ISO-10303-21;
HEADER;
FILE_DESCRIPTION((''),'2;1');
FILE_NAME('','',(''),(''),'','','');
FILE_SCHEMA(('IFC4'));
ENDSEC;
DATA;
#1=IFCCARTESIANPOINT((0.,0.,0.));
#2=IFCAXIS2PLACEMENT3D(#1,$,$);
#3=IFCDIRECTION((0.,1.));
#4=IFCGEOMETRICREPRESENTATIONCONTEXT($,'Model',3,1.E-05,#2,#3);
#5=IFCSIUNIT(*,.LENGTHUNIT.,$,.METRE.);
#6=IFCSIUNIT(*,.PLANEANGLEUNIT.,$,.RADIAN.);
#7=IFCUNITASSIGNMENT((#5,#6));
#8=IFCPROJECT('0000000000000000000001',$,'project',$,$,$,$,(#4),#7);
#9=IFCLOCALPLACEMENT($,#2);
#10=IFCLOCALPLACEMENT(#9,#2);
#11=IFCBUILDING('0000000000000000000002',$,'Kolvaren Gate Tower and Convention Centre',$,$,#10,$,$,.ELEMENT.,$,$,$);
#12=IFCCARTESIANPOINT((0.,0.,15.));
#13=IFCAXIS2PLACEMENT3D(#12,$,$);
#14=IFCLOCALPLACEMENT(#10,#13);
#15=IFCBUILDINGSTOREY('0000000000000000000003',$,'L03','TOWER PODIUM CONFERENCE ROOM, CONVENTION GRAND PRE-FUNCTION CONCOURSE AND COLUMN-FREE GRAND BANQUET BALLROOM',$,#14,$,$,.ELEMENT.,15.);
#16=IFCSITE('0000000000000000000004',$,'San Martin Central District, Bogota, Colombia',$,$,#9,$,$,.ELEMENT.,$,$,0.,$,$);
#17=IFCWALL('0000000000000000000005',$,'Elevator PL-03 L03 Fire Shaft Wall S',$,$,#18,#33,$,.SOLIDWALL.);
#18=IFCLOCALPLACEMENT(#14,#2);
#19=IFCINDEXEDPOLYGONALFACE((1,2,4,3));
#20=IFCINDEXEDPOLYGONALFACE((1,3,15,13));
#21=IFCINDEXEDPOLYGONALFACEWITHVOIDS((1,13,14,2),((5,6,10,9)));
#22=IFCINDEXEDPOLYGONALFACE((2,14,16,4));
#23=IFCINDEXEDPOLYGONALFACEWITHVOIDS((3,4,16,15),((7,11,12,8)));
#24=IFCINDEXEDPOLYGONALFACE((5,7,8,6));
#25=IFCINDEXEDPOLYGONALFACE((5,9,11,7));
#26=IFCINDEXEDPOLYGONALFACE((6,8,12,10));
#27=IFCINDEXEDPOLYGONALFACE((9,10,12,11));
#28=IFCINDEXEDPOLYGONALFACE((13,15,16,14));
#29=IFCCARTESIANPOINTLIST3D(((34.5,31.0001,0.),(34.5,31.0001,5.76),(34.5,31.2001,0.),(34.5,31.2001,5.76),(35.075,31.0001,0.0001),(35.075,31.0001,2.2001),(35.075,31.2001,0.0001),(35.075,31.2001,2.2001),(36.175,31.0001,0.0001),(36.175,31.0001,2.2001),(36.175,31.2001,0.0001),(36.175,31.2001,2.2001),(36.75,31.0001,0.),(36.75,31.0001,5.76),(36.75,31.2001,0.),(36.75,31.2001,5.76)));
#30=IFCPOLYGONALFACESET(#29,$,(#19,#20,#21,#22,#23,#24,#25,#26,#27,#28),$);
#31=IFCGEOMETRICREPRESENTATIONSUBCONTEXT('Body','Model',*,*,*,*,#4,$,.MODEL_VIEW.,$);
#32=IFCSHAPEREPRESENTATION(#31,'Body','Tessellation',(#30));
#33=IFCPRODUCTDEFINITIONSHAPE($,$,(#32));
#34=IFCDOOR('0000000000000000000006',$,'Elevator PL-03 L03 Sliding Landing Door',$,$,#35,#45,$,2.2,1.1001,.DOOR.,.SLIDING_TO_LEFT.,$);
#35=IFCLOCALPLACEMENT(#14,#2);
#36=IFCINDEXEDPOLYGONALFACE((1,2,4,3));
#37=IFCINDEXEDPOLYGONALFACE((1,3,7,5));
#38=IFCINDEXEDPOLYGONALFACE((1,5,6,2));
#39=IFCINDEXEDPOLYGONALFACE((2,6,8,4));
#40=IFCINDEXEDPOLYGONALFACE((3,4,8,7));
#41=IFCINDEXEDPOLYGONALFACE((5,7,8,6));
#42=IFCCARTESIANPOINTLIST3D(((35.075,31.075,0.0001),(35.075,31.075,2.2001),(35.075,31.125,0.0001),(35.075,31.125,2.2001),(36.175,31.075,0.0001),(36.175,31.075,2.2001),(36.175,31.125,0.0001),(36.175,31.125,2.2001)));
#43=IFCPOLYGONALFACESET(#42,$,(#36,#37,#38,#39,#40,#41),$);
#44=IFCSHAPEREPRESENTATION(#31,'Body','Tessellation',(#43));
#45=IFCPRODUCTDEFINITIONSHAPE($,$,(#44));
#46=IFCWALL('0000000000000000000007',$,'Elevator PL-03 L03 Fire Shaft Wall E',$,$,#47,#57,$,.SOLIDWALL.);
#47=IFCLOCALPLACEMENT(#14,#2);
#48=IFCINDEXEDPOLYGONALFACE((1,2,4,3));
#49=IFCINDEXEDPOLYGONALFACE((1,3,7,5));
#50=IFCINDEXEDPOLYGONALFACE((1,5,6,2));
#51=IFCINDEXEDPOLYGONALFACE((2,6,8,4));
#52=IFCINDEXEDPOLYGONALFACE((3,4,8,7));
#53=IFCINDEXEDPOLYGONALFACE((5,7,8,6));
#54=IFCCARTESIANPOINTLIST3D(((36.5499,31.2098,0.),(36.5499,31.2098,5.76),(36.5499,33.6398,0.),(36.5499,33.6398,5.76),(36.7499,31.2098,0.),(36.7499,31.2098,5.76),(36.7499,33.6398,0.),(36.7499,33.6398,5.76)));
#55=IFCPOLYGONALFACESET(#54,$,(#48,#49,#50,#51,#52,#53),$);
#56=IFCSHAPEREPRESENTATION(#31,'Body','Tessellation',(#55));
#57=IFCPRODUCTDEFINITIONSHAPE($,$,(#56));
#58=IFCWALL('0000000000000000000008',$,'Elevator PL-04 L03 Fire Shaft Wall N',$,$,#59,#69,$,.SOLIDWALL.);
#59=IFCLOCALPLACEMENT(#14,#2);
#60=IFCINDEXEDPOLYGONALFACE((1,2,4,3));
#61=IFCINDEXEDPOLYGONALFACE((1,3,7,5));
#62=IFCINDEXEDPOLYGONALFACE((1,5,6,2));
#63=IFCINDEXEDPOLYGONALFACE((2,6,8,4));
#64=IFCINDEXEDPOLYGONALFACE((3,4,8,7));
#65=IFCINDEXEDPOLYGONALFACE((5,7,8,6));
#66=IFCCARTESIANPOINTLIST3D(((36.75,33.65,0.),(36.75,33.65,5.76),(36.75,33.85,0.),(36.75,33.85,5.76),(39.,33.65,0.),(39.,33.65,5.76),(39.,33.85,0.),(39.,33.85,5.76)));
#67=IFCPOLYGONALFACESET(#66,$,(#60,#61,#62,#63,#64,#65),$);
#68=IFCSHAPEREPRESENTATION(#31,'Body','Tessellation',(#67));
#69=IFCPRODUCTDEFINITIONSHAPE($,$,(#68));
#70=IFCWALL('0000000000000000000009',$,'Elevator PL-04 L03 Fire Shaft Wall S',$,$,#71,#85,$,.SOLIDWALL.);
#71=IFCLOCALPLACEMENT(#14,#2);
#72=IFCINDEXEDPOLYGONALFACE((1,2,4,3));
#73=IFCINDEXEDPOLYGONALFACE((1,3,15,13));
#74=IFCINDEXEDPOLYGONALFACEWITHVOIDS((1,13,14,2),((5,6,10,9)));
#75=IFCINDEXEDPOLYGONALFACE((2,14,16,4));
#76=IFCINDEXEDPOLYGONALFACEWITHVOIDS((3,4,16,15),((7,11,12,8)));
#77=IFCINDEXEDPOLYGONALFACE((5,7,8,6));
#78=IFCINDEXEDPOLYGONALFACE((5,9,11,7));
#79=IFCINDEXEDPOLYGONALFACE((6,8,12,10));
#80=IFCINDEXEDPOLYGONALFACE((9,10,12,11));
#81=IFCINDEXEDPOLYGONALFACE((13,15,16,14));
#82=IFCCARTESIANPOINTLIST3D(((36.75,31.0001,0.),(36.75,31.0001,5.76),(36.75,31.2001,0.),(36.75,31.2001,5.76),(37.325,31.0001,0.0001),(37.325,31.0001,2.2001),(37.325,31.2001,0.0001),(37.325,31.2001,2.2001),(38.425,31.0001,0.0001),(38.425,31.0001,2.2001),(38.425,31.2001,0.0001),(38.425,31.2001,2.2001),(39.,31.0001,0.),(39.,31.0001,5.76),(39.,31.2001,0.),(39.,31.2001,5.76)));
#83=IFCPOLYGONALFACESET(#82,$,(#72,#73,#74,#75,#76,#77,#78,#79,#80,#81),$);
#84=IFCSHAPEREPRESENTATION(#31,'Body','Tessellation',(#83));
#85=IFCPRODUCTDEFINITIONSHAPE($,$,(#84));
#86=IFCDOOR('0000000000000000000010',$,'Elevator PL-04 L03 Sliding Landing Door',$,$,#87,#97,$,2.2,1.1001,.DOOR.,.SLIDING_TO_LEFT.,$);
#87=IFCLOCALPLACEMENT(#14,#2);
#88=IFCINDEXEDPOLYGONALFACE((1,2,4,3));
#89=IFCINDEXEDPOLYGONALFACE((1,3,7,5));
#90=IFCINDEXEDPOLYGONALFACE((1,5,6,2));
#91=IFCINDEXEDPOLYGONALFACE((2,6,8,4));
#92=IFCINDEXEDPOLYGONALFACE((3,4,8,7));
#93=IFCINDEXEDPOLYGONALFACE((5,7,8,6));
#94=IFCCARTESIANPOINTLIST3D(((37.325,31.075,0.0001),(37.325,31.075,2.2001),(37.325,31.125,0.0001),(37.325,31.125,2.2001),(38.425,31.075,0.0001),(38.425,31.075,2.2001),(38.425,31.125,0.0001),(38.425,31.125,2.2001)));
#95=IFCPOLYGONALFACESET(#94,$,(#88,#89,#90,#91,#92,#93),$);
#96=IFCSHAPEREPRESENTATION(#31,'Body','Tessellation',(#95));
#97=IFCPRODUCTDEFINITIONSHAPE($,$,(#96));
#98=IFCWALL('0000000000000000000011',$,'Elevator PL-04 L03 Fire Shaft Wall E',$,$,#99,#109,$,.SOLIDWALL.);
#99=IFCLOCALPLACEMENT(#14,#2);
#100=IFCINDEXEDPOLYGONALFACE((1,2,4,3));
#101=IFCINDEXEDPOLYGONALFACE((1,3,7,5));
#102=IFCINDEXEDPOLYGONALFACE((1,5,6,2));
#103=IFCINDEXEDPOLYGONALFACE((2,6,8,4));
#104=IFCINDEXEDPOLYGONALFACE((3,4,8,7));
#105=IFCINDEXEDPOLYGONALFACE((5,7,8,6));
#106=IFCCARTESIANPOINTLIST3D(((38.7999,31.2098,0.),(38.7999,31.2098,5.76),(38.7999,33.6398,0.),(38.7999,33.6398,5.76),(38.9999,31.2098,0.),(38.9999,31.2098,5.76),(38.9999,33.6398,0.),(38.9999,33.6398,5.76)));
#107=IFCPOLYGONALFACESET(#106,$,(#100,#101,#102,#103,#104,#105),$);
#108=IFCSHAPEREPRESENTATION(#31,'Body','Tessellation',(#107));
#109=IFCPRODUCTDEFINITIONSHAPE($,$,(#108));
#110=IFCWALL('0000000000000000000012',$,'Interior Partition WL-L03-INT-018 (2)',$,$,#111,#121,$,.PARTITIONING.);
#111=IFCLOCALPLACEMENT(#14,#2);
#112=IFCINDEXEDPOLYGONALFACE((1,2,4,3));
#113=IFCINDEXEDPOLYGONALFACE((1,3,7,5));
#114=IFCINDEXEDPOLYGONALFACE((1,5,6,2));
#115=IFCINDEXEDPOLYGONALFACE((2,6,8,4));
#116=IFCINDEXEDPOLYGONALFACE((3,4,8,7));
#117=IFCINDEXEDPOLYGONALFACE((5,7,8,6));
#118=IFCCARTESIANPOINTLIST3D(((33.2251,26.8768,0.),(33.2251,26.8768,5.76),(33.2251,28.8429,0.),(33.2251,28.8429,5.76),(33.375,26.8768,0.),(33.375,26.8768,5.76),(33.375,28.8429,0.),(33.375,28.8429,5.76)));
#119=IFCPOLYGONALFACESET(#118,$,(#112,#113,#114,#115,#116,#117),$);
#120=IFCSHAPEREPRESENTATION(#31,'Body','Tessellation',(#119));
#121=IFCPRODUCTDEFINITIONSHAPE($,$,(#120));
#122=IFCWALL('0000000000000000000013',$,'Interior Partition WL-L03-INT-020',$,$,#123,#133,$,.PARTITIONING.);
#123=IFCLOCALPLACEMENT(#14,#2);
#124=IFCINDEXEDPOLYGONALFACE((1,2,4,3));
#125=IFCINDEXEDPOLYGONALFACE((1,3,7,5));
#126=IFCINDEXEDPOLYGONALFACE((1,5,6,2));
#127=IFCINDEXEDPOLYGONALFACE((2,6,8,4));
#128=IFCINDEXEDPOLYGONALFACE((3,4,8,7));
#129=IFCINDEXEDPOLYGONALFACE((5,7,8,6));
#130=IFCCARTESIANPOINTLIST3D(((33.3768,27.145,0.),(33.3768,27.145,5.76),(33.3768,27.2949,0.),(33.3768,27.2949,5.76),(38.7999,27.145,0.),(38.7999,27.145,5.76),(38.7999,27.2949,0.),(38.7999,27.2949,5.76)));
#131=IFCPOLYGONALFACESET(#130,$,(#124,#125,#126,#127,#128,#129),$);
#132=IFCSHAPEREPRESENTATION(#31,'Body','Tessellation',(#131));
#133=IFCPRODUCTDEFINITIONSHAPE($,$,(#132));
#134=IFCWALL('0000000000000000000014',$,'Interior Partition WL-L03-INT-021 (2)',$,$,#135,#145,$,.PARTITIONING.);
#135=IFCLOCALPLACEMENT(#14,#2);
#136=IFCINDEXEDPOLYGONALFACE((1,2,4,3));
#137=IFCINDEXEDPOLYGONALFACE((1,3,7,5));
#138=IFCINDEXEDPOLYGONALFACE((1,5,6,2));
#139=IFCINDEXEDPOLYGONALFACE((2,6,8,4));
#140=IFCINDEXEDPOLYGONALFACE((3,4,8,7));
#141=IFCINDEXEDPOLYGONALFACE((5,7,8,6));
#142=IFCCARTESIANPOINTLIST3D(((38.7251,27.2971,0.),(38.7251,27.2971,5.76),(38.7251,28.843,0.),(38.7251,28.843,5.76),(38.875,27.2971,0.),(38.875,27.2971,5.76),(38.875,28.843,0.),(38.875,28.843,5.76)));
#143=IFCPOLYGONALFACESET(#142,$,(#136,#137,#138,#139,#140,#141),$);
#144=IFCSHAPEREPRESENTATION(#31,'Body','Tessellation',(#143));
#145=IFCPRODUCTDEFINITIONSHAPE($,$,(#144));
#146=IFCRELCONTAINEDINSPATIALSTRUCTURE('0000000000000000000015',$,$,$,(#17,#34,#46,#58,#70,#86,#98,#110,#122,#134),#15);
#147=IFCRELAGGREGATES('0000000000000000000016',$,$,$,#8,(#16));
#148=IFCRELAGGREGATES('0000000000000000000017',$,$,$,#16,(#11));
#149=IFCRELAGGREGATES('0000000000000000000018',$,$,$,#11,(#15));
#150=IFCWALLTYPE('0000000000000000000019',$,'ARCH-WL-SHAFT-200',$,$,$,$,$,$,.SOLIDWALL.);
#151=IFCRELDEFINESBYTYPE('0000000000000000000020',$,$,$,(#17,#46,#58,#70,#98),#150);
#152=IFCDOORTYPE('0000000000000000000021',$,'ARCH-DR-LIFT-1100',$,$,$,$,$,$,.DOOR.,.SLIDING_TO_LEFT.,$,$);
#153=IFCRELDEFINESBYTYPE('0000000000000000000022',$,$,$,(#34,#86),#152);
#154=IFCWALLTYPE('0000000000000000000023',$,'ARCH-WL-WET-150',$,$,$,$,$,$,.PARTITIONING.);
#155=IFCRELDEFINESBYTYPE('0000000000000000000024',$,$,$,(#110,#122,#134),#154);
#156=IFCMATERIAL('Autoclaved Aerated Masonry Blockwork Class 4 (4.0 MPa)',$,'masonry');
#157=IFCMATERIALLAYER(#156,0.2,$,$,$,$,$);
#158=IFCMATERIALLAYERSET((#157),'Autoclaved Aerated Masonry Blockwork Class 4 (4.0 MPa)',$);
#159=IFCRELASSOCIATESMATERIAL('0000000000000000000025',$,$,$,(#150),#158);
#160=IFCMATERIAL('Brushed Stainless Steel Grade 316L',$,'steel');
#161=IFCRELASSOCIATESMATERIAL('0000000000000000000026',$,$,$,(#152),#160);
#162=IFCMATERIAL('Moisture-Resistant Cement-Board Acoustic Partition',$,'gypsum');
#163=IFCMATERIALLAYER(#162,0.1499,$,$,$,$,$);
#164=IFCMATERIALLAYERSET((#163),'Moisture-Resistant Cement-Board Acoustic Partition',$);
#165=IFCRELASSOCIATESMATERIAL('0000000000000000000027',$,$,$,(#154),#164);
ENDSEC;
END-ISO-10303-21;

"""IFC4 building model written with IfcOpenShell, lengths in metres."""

from ifc_helpers import new_model, si_unit, direction, frame, frame_2d, origin, place, context, subcontext, project, spatial, rectangle, extrude, material, layer, layer_set, type_object, element, fill, save


model = new_model("IFC4")

# Units and contexts
model_context = context("Model", 3, precision=1e-05, world=origin(), true_north=direction((0.0, 1.0)))
body_context = subcontext(model_context, "Body", "Model", "MODEL_VIEW")
ifc_project = project(units=[si_unit("LENGTHUNIT", "METRE"), si_unit("PLANEANGLEUNIT", "RADIAN")], contexts=[model_context])

# Site, building, storey
site_placement = place(None, origin())
site = spatial("IfcSite", under=ifc_project, at=site_placement, Name="San Martin Central District, Bogota, Colombia", CompositionType="ELEMENT", RefElevation=0.0)
building_placement = place(site_placement, origin())
building = spatial("IfcBuilding", under=site, at=building_placement, Name="Kolvaren Gate Tower and Convention Centre", CompositionType="ELEMENT")
storey_placement = place(building_placement, frame((0.0, 0.0, 15.0)))
storey = spatial("IfcBuildingStorey", under=building, at=storey_placement, Name="L03", Description="TOWER PODIUM CONFERENCE ROOM, CONVENTION GRAND PRE-FUNCTION CONCOURSE AND COLUMN-FREE GRAND BANQUET BALLROOM", CompositionType="ELEMENT", Elevation=15.0)

# Shared definitions
ifc_material_1 = material(Name="Autoclaved Aerated Masonry Blockwork Class 4 (4.0 MPa)", Category="masonry")
ifc_layer_1 = layer(ifc_material_1, 0.2)
ifc_layer_set_1 = layer_set([ifc_layer_1], Name="Autoclaved Aerated Masonry Blockwork Class 4 (4.0 MPa)")
wall_type_1 = type_object("IfcWallType", Name="ARCH-WL-SHAFT-200", PredefinedType="SOLIDWALL", material=ifc_layer_set_1)

# Wall, opening, door
wall_1_placement = place(storey_placement, frame((34.5, 31.1001, 0.0), z_axis=(0.0, 0.0, 1.0), x_axis=(1.0, 0.0, 0.0)))
wall_1 = element("IfcWall", 1, at=wall_1_placement, inside=storey, type_object=wall_type_1, Name="Elevator PL-03 L03 Fire Shaft Wall S", PredefinedType="SOLIDWALL", context=body_context, shape_type="SweptSolid", body=[
    extrude(rectangle(XDim=2.25, YDim=0.2, at=frame_2d((1.125, 0.0))), origin(), (0.0, 0.0, 1.0), 5.76),
])
opening_1_placement = place(wall_1_placement, frame((0.575, 0.0, 0.0)))
opening_1 = element("IfcOpeningElement", 2, at=opening_1_placement, cuts=wall_1, PredefinedType="OPENING", context=body_context, shape_type="SweptSolid", body=[
    extrude(rectangle(XDim=1.1001, YDim=2.2, at=frame_2d((0.55, 1.1001))), frame((0.0, 0.1099, 0.0), z_axis=(0.0, -1.0, 0.0), x_axis=(1.0, 0.0, 0.0)), (0.0, 0.0, 1.0), 0.22),
])
ifc_material_2 = material(Name="Brushed Stainless Steel Grade 316L", Category="steel")
door_type = type_object("IfcDoorType", Name="ARCH-DR-LIFT-1100", OperationType="SLIDING_TO_LEFT", PredefinedType="DOOR", material=ifc_material_2)
door_1_placement = place(opening_1_placement, origin())
door_1 = element("IfcDoor", 3, at=door_1_placement, inside=storey, type_object=door_type, Name="Elevator PL-03 L03 Sliding Landing Door", OperationType="SLIDING_TO_LEFT", OverallHeight=2.2, OverallWidth=1.1001, PredefinedType="DOOR", context=body_context, shape_type="SweptSolid", body=[
    extrude(rectangle(XDim=1.1001, YDim=2.2, at=frame_2d((0.55, 1.1001))), frame((0.0, 0.0249, 0.0), z_axis=(0.0, -1.0, 0.0), x_axis=(1.0, 0.0, 0.0)), (0.0, 0.0, 1.0), 0.05),
])
fill(opening_1, door_1)

# Walls
wall_2_placement = place(storey_placement, frame((36.6499, 31.21, 0.0), z_axis=(0.0, 0.0, 1.0), x_axis=(0.0, 1.0, 0.0)))
element("IfcWall", 4, at=wall_2_placement, inside=storey, type_object=wall_type_1, Name="Elevator PL-03 L03 Fire Shaft Wall E", PredefinedType="SOLIDWALL", context=body_context, shape_type="SweptSolid", body=[
    extrude(rectangle(XDim=2.4299, YDim=0.2, at=frame_2d((1.2148, 0.0))), origin(), (0.0, 0.0, 1.0), 5.76),
])
wall_3_placement = place(storey_placement, frame((36.75, 33.75, 0.0), z_axis=(0.0, 0.0, 1.0), x_axis=(1.0, 0.0, 0.0)))
element("IfcWall", 5, at=wall_3_placement, inside=storey, type_object=wall_type_1, Name="Elevator PL-04 L03 Fire Shaft Wall N", PredefinedType="SOLIDWALL", context=body_context, shape_type="SweptSolid", body=[
    extrude(rectangle(XDim=2.25, YDim=0.2, at=frame_2d((1.125, 0.0))), origin(), (0.0, 0.0, 1.0), 5.76),
])

# Wall, opening, door
wall_4_placement = place(storey_placement, frame((36.75, 31.1001, 0.0), z_axis=(0.0, 0.0, 1.0), x_axis=(1.0, 0.0, 0.0)))
wall_4 = element("IfcWall", 6, at=wall_4_placement, inside=storey, type_object=wall_type_1, Name="Elevator PL-04 L03 Fire Shaft Wall S", PredefinedType="SOLIDWALL", context=body_context, shape_type="SweptSolid", body=[
    extrude(rectangle(XDim=2.25, YDim=0.2, at=frame_2d((1.125, 0.0))), origin(), (0.0, 0.0, 1.0), 5.76),
])
opening_2_placement = place(wall_4_placement, frame((0.575, 0.0, 0.0)))
opening_2 = element("IfcOpeningElement", 7, at=opening_2_placement, cuts=wall_4, PredefinedType="OPENING", context=body_context, shape_type="SweptSolid", body=[
    extrude(rectangle(XDim=1.1001, YDim=2.2, at=frame_2d((0.55, 1.1001))), frame((0.0, 0.1099, 0.0), z_axis=(0.0, -1.0, 0.0), x_axis=(1.0, 0.0, 0.0)), (0.0, 0.0, 1.0), 0.22),
])
door_2_placement = place(opening_2_placement, origin())
door_2 = element("IfcDoor", 8, at=door_2_placement, inside=storey, type_object=door_type, Name="Elevator PL-04 L03 Sliding Landing Door", OperationType="SLIDING_TO_LEFT", OverallHeight=2.2, OverallWidth=1.1001, PredefinedType="DOOR", context=body_context, shape_type="SweptSolid", body=[
    extrude(rectangle(XDim=1.1001, YDim=2.2, at=frame_2d((0.55, 1.1001))), frame((0.0, 0.0249, 0.0), z_axis=(0.0, -1.0, 0.0), x_axis=(1.0, 0.0, 0.0)), (0.0, 0.0, 1.0), 0.05),
])
fill(opening_2, door_2)

# Walls
wall_5_placement = place(storey_placement, frame((38.8999, 31.21, 0.0), z_axis=(0.0, 0.0, 1.0), x_axis=(0.0, 1.0, 0.0)))
element("IfcWall", 9, at=wall_5_placement, inside=storey, type_object=wall_type_1, Name="Elevator PL-04 L03 Fire Shaft Wall E", PredefinedType="SOLIDWALL", context=body_context, shape_type="SweptSolid", body=[
    extrude(rectangle(XDim=2.4299, YDim=0.2, at=frame_2d((1.2148, 0.0))), origin(), (0.0, 0.0, 1.0), 5.76),
])
ifc_material_3 = material(Name="Moisture-Resistant Cement-Board Acoustic Partition", Category="gypsum")
ifc_layer_2 = layer(ifc_material_3, 0.1499)
ifc_layer_set_2 = layer_set([ifc_layer_2], Name="Moisture-Resistant Cement-Board Acoustic Partition")
wall_type_2 = type_object("IfcWallType", Name="ARCH-WL-WET-150", PredefinedType="PARTITIONING", material=ifc_layer_set_2)
wall_6_placement = place(storey_placement, frame((33.3, 26.877, 0.0), z_axis=(0.0, 0.0, 1.0), x_axis=(0.0, 1.0, 0.0)))
element("IfcWall", 10, at=wall_6_placement, inside=storey, type_object=wall_type_2, Name="Interior Partition WL-L03-INT-018 (2)", PredefinedType="PARTITIONING", context=body_context, shape_type="SweptSolid", body=[
    extrude(rectangle(XDim=1.9661, YDim=0.1499, at=frame_2d((0.9829, 0.0))), origin(), (0.0, 0.0, 1.0), 5.76),
])
wall_7_placement = place(storey_placement, frame((33.377, 27.22, 0.0), z_axis=(0.0, 0.0, 1.0), x_axis=(1.0, 0.0, 0.0)))
element("IfcWall", 11, at=wall_7_placement, inside=storey, type_object=wall_type_2, Name="Interior Partition WL-L03-INT-020", PredefinedType="PARTITIONING", context=body_context, shape_type="SweptSolid", body=[
    extrude(rectangle(XDim=5.4231, YDim=0.1499, at=frame_2d((2.7114, 0.0))), origin(), (0.0, 0.0, 1.0), 5.76),
])
wall_8_placement = place(storey_placement, frame((38.8, 27.2971, 0.0), z_axis=(0.0, 0.0, 1.0), x_axis=(0.0, 1.0, 0.0)))
element("IfcWall", 12, at=wall_8_placement, inside=storey, type_object=wall_type_2, Name="Interior Partition WL-L03-INT-021 (2)", PredefinedType="PARTITIONING", context=body_context, shape_type="SweptSolid", body=[
    extrude(rectangle(XDim=1.5459, YDim=0.1499, at=frame_2d((0.7729, 0.0))), origin(), (0.0, 0.0, 1.0), 5.76),
])

save(model, "model.ifc")
